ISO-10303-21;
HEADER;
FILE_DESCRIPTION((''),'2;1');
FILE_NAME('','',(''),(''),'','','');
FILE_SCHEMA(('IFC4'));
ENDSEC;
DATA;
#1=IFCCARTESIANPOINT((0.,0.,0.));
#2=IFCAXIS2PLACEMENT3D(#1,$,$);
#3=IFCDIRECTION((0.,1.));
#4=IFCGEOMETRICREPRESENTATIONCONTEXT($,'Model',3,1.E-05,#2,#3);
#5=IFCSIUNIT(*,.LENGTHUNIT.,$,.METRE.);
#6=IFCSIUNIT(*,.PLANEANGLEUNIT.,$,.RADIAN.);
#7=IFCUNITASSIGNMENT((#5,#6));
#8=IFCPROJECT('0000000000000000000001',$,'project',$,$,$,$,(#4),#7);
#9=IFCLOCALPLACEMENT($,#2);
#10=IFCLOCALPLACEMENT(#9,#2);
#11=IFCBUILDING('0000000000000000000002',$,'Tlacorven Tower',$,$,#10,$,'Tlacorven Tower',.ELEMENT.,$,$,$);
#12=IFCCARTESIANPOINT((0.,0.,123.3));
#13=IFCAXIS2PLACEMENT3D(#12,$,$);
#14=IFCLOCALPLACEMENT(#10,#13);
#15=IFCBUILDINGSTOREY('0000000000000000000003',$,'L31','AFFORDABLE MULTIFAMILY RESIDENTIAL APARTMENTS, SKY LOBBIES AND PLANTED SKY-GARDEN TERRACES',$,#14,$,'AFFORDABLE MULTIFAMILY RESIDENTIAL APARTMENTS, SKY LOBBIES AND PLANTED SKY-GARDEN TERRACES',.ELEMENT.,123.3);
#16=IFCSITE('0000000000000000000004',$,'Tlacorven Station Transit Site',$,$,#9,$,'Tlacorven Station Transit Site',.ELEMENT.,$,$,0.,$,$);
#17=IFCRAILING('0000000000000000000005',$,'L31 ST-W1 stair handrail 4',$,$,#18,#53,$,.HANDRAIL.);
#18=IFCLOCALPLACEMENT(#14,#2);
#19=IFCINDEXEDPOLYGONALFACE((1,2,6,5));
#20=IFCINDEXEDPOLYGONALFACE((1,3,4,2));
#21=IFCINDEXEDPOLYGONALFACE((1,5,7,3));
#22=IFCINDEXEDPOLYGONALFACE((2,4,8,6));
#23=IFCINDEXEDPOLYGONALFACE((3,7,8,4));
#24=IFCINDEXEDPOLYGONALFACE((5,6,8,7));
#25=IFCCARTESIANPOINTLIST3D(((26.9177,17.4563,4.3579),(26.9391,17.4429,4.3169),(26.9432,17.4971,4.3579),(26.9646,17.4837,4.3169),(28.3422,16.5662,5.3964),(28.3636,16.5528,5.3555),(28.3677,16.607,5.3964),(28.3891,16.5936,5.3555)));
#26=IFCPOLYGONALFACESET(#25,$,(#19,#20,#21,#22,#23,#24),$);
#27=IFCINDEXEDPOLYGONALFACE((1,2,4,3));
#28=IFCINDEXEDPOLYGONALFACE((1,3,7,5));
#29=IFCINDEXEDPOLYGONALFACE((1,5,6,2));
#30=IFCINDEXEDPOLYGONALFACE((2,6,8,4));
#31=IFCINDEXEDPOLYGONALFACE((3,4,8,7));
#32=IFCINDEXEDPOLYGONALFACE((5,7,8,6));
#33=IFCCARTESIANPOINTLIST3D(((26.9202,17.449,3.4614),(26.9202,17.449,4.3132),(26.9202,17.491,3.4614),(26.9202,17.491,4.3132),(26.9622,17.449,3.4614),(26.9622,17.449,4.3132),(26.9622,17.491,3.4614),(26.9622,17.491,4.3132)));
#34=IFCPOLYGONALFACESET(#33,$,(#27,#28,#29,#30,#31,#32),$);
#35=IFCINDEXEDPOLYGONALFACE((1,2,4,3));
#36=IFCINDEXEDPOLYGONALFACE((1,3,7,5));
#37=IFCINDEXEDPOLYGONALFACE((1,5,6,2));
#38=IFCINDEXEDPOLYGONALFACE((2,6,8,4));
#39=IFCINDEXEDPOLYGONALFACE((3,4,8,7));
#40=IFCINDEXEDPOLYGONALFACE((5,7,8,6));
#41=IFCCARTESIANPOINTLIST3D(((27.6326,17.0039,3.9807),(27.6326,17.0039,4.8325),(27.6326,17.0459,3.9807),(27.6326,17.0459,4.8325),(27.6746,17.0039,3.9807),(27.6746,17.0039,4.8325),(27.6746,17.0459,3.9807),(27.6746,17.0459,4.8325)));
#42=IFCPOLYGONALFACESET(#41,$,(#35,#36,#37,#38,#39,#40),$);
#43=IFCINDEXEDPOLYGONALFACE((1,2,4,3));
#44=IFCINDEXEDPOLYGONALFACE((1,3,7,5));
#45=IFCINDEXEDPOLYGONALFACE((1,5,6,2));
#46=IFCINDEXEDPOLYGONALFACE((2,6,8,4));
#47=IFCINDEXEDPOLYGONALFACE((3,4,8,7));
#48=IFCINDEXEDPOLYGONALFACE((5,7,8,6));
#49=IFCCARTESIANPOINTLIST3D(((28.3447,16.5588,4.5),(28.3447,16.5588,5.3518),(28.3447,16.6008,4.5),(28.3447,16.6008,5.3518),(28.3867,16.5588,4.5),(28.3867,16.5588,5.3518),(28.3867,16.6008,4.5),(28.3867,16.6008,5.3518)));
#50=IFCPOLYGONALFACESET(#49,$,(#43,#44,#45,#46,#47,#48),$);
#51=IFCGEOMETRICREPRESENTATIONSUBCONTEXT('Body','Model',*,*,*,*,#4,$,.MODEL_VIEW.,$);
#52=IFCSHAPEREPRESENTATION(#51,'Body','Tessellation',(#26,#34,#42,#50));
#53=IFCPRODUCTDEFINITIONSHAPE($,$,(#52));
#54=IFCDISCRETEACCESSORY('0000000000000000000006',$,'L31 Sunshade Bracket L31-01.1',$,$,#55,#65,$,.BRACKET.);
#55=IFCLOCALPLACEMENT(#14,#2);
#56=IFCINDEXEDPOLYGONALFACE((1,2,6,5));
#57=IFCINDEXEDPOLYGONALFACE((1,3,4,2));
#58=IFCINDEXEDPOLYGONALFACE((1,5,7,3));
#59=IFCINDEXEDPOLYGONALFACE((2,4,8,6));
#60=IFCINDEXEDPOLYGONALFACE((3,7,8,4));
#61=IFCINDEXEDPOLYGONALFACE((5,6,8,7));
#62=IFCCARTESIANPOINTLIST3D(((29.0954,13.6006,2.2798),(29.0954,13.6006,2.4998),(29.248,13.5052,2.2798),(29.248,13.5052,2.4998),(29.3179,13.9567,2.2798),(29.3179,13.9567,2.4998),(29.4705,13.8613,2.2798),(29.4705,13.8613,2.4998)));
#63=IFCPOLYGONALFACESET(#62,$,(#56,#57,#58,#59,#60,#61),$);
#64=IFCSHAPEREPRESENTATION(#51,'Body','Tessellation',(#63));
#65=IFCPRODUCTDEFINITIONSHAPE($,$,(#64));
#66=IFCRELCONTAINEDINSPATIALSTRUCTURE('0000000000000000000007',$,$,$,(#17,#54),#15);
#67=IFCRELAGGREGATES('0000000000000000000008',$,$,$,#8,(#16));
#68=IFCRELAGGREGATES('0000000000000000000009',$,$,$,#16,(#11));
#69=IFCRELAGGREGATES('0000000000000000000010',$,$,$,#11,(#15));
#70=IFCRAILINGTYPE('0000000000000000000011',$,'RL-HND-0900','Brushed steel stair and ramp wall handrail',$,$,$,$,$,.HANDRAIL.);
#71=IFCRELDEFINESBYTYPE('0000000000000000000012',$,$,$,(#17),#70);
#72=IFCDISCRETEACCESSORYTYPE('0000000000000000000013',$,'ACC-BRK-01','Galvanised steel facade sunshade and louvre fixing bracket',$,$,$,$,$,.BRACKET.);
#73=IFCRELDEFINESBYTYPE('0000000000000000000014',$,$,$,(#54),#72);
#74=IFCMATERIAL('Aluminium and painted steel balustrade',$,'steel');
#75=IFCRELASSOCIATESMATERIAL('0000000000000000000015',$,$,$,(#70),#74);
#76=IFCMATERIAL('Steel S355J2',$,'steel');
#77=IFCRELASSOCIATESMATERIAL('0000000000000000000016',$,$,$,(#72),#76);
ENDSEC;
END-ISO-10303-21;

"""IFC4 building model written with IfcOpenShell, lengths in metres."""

from ifc_helpers import new_model, si_unit, direction, frame, origin, origin_2d, place, context, subcontext, project, spatial, rectangle, extrude, source, transform, mapped, material, type_object, element, save


model = new_model("IFC4")

# Units and contexts
model_context = context("Model", 3, precision=1e-05, world=origin(), true_north=direction((0.0, 1.0)))
body_context = subcontext(model_context, "Body", "Model", "MODEL_VIEW")
ifc_project = project(units=[si_unit("LENGTHUNIT", "METRE"), si_unit("PLANEANGLEUNIT", "RADIAN")], contexts=[model_context])

# Site, building, storey
site_placement = place(None, origin())
site = spatial("IfcSite", under=ifc_project, at=site_placement, Name="Tlacorven Station Transit Site", LongName="Tlacorven Station Transit Site", CompositionType="ELEMENT", RefElevation=0.0)
building_placement = place(site_placement, origin())
building = spatial("IfcBuilding", under=site, at=building_placement, Name="Tlacorven Tower", LongName="Tlacorven Tower", CompositionType="ELEMENT")
storey_placement = place(building_placement, frame((0.0, 0.0, 123.3)))
storey = spatial("IfcBuildingStorey", under=building, at=storey_placement, Name="L31", Description="AFFORDABLE MULTIFAMILY RESIDENTIAL APARTMENTS, SKY LOBBIES AND PLANTED SKY-GARDEN TERRACES", LongName="AFFORDABLE MULTIFAMILY RESIDENTIAL APARTMENTS, SKY LOBBIES AND PLANTED SKY-GARDEN TERRACES", CompositionType="ELEMENT", Elevation=123.3)

# Shared definitions
ifc_material_1 = material(Name="Steel S355J2", Category="steel")

# Shared definitions
ifc_material_2 = material(Name="Aluminium and painted steel balustrade", Category="steel")

# Railing
railing_type_1 = type_object("IfcRailingType", Name="RL-HND-0900", Description="Brushed steel stair and ramp wall handrail", PredefinedType="HANDRAIL", material=ifc_material_2)
shared_shape_1 = source(origin(), body_context, "Body", "SweptSolid", [
    extrude(rectangle(XDim=0.0481, YDim=0.0481, at=origin_2d()), frame((0.0, 0.0, 0.876), z_axis=(0.721322, -0.450718, 0.525879), x_axis=(0.529907, 0.848055, 0.0)), (0.0, 0.0, 1.0), 1.9749),
    extrude(rectangle(XDim=0.042, YDim=0.042, at=origin_2d()), origin(), (0.0, 0.0, 1.0), 0.8518),
    extrude(rectangle(XDim=0.042, YDim=0.042, at=origin_2d()), frame((0.7124, -0.4451, 0.5193)), (0.0, 0.0, 1.0), 0.8518),
    extrude(rectangle(XDim=0.042, YDim=0.042, at=origin_2d()), frame((1.4246, -0.8901, 1.0386)), (0.0, 0.0, 1.0), 0.8518),
])
railing_1_placement = place(storey_placement, frame((26.9412, 17.47, 3.4614)))
element("IfcRailing", 1, at=railing_1_placement, inside=storey, type_object=railing_type_1, Name="L31 ST-W1 stair handrail 4", PredefinedType="HANDRAIL", context=body_context, shape_type="MappedRepresentation", body=[
    mapped(shared_shape_1, transform((0.0, 0.0, 0.0), scale=1.0)),
])

# Discrete accessory
discrete_accessory_type = type_object("IfcDiscreteAccessoryType", Name="ACC-BRK-01", Description="Galvanised steel facade sunshade and louvre fixing bracket", PredefinedType="BRACKET", material=ifc_material_1)
shared_shape_2 = source(origin(), body_context, "Body", "SweptSolid", [
    extrude(rectangle(XDim=0.1799, YDim=0.4199, at=origin_2d()), origin(), (0.0, 0.0, 1.0), 0.22),
])
discrete_accessory_placement = place(storey_placement, frame((29.283, 13.731, 2.2798), z_axis=(0.0, 0.0, 1.0), x_axis=(-0.848048, 0.529919, 0.0)))
element("IfcDiscreteAccessory", 2, at=discrete_accessory_placement, inside=storey, type_object=discrete_accessory_type, Name="L31 Sunshade Bracket L31-01.1", PredefinedType="BRACKET", context=body_context, shape_type="MappedRepresentation", body=[
    mapped(shared_shape_2, transform((0.0, 0.0, 0.0), scale=1.0)),
])

save(model, "model.ifc")
